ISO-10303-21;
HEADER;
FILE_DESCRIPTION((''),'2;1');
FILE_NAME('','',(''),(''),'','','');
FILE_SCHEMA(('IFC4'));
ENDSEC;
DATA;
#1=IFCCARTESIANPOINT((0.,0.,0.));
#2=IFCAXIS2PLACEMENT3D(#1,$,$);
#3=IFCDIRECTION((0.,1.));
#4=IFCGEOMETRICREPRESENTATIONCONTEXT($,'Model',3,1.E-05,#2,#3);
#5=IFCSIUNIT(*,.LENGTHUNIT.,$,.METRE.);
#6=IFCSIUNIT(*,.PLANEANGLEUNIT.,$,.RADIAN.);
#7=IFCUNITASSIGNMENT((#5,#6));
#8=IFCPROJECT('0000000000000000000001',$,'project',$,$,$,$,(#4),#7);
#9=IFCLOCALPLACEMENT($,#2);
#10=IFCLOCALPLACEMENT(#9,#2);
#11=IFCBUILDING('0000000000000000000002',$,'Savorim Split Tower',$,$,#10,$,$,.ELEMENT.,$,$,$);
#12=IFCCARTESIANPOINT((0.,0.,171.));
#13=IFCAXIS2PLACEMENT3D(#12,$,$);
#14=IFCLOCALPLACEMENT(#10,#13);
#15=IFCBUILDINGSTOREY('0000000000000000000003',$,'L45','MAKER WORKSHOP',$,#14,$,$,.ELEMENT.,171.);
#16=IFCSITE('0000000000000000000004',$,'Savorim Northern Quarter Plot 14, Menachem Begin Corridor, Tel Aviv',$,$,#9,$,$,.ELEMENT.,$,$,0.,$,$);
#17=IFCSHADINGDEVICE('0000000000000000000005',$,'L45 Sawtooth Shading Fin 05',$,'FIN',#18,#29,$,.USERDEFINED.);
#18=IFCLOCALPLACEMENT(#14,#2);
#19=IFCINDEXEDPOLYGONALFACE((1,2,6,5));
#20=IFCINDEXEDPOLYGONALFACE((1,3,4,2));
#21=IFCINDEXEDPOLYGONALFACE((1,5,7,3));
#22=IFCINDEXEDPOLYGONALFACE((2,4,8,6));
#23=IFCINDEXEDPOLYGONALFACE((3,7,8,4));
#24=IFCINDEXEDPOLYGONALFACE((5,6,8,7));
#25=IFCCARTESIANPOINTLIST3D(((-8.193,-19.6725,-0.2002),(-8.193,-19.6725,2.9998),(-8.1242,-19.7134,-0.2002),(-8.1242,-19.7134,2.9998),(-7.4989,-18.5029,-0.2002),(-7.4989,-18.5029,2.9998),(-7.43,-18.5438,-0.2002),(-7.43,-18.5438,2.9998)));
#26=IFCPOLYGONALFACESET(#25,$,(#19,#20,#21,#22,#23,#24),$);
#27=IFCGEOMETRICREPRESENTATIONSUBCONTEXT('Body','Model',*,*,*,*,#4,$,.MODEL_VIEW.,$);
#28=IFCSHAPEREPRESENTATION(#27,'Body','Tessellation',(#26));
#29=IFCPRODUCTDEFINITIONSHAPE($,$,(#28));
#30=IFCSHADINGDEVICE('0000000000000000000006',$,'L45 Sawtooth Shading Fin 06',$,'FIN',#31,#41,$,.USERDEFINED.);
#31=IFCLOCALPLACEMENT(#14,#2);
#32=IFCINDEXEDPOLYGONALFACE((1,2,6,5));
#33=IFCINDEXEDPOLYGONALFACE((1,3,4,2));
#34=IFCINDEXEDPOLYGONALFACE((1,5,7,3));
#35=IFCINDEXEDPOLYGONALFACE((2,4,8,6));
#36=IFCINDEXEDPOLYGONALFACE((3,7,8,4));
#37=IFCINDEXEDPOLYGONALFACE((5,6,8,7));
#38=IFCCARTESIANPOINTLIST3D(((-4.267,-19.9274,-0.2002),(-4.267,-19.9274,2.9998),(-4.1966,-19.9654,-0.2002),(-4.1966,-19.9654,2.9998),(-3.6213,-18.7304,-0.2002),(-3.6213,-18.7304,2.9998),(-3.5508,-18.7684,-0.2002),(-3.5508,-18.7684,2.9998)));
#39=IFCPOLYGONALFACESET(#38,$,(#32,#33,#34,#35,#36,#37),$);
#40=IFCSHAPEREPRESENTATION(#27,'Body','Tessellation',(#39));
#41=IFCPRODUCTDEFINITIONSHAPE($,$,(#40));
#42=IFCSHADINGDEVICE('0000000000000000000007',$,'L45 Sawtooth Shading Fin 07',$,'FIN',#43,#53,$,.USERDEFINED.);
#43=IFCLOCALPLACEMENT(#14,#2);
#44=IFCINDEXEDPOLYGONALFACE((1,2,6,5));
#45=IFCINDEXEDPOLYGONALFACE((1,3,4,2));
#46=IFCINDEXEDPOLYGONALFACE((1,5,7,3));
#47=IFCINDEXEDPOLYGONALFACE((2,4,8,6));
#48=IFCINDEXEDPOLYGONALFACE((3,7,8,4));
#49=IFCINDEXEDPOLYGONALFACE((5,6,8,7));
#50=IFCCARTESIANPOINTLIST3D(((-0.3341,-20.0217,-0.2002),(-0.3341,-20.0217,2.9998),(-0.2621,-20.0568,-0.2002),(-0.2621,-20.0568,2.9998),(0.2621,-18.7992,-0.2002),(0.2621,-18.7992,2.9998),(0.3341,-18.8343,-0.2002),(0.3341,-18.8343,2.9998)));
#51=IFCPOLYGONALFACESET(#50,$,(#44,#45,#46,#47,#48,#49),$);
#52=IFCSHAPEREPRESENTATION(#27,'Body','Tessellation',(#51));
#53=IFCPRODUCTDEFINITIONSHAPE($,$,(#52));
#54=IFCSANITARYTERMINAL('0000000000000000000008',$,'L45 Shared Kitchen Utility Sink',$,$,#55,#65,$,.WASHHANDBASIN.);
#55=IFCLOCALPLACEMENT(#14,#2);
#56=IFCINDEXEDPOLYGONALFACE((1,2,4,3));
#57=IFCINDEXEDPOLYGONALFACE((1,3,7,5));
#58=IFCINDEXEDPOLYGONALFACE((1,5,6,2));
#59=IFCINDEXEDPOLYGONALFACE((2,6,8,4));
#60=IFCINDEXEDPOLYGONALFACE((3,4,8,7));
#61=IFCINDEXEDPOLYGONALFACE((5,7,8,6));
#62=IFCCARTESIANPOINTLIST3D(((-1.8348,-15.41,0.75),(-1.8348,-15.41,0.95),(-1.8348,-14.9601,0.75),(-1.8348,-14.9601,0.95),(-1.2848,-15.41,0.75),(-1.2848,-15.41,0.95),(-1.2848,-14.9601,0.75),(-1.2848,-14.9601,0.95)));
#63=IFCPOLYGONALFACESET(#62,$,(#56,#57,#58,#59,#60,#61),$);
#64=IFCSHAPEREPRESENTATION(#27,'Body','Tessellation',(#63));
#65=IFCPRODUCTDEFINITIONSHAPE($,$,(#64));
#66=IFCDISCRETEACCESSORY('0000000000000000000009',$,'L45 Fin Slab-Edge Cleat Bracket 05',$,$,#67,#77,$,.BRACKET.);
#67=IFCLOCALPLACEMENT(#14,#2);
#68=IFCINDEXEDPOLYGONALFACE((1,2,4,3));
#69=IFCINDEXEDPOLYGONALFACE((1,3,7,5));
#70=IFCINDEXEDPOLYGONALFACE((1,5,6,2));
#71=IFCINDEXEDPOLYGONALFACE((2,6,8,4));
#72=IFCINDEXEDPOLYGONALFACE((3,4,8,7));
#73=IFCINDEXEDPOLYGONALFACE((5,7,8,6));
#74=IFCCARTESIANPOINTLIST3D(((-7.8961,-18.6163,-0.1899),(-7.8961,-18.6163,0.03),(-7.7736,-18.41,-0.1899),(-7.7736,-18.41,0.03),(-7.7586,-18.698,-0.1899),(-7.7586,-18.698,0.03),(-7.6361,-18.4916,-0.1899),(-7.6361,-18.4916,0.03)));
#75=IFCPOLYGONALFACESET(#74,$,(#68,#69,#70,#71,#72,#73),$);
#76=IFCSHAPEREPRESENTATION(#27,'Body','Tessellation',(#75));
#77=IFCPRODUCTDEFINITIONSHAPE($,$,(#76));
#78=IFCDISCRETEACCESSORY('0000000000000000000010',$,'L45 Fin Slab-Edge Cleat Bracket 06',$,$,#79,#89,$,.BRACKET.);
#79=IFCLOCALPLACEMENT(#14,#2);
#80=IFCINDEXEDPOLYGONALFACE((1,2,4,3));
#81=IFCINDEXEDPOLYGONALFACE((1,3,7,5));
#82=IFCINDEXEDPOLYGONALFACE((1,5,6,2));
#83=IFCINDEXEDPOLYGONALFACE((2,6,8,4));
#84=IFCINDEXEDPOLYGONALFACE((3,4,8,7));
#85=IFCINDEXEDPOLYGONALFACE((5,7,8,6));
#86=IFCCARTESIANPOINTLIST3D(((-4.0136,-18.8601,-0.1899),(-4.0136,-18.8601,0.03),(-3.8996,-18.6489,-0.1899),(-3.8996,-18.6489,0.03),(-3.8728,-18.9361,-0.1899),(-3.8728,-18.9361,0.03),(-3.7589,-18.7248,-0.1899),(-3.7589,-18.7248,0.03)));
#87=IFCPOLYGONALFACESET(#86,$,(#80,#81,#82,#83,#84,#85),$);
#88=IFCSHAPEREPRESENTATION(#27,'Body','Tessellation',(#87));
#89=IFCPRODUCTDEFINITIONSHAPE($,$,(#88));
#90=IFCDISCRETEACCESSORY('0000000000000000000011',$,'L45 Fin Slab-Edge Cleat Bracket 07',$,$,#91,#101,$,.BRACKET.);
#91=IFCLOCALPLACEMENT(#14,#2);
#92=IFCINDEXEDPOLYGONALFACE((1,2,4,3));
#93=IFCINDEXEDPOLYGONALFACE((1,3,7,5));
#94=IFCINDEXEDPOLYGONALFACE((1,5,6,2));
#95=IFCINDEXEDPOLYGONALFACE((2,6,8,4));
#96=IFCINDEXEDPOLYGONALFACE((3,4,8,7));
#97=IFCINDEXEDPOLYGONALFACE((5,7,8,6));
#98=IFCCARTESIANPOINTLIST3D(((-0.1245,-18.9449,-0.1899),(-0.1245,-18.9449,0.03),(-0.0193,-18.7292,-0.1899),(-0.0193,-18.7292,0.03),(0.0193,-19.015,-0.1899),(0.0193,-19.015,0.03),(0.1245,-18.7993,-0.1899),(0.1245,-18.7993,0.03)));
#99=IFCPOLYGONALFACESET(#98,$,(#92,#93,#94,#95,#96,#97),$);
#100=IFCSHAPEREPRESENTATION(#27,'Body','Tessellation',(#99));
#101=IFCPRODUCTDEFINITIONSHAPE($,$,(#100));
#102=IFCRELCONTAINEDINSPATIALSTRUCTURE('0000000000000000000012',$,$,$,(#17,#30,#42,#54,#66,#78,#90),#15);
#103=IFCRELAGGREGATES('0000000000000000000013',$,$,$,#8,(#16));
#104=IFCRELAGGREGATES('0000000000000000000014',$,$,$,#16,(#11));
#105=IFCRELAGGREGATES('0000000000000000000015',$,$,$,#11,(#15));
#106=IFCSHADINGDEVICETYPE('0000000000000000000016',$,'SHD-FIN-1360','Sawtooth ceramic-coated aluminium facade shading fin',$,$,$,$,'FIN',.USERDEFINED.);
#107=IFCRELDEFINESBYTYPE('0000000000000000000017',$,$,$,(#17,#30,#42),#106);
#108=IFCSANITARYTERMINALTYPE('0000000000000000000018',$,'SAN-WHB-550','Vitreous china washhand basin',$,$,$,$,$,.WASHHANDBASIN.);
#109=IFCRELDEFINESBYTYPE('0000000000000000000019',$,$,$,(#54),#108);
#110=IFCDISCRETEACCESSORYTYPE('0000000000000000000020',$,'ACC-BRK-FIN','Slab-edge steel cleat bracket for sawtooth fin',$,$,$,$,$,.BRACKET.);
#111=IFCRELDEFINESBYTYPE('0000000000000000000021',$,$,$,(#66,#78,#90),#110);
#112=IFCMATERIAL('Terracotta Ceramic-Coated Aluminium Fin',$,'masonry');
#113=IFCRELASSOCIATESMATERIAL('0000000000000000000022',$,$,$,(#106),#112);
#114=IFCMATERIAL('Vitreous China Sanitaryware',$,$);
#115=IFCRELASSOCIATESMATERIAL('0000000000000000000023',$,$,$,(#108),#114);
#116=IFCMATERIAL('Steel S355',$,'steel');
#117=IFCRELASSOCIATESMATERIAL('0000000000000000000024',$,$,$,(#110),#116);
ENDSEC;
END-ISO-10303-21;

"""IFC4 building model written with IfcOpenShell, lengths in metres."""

from ifc_helpers import new_model, si_unit, direction, frame, origin, origin_2d, place, context, subcontext, project, spatial, rectangle, extrude, material, type_object, element, save


model = new_model("IFC4")

# Units and contexts
model_context = context("Model", 3, precision=1e-05, world=origin(), true_north=direction((0.0, 1.0)))
body_context = subcontext(model_context, "Body", "Model", "MODEL_VIEW")
ifc_project = project(units=[si_unit("LENGTHUNIT", "METRE"), si_unit("PLANEANGLEUNIT", "RADIAN")], contexts=[model_context])

# Site, building, storey
site_placement = place(None, origin())
site = spatial("IfcSite", under=ifc_project, at=site_placement, Name="Savorim Northern Quarter Plot 14, Menachem Begin Corridor, Tel Aviv", CompositionType="ELEMENT", RefElevation=0.0)
building_placement = place(site_placement, origin())
building = spatial("IfcBuilding", under=site, at=building_placement, Name="Savorim Split Tower", CompositionType="ELEMENT")
storey_placement = place(building_placement, frame((0.0, 0.0, 171.0)))
storey = spatial("IfcBuildingStorey", under=building, at=storey_placement, Name="L45", Description="MAKER WORKSHOP", CompositionType="ELEMENT", Elevation=171.0)

# Shared definitions
ifc_material_1 = material(Name="Steel S355", Category="steel")

# Shading devices
ifc_material_2 = material(Name="Terracotta Ceramic-Coated Aluminium Fin", Category="masonry")
shading_device_type = type_object("IfcShadingDeviceType", Name="SHD-FIN-1360", Description="Sawtooth ceramic-coated aluminium facade shading fin", ElementType="FIN", PredefinedType="USERDEFINED", material=ifc_material_2)
for number, where, z_axis, x_axis, name in (
    (1, (-7.8115, -19.1082, -0.2002), (0.0, 0.0, 1.0), (-0.510391, -0.859942, 0.0), "L45 Sawtooth Shading Fin 05"),
    (2, (-3.9089, -19.3479, -0.2002), (0.0, 0.0, 1.0), (-0.474778, -0.880106, 0.0), "L45 Sawtooth Shading Fin 06"),
    (3, (0.0, -19.428, -0.2002), (0.0, 0.0, 1.0), (-0.438371, -0.898794, 0.0), "L45 Sawtooth Shading Fin 07"),
):
    element("IfcShadingDevice", number, at=place(storey_placement, frame(where, z_axis=z_axis, x_axis=x_axis)), inside=storey, type_object=shading_device_type, Name=name, ObjectType="FIN", PredefinedType="USERDEFINED", context=body_context, shape_type="SweptSolid", body=[
        extrude(rectangle(XDim=1.3601, YDim=0.0801, at=origin_2d()), origin(), (0.0, 0.0, 1.0), 3.2),
    ])

# Sanitary terminal
ifc_material_3 = material(Name="Vitreous China Sanitaryware")
sanitary_terminal_type = type_object("IfcSanitaryTerminalType", Name="SAN-WHB-550", Description="Vitreous china washhand basin", PredefinedType="WASHHANDBASIN", material=ifc_material_3)
sanitary_terminal_placement = place(storey_placement, frame((-1.5598, -15.1851, 0.75), z_axis=(0.0, 0.0, 1.0), x_axis=(1.0, 0.0, 0.0)))
element("IfcSanitaryTerminal", 4, at=sanitary_terminal_placement, inside=storey, type_object=sanitary_terminal_type, Name="L45 Shared Kitchen Utility Sink", PredefinedType="WASHHANDBASIN", context=body_context, shape_type="SweptSolid", body=[
    extrude(rectangle(XDim=0.55, YDim=0.45, at=origin_2d()), origin(), (0.0, 0.0, 1.0), 0.2),
])

# Discrete accessories
discrete_accessory_type = type_object("IfcDiscreteAccessoryType", Name="ACC-BRK-FIN", Description="Slab-edge steel cleat bracket for sawtooth fin", PredefinedType="BRACKET", material=ifc_material_1)
for number, where, z_axis, x_axis, name in (
    (5, (-7.7661, -18.554, -0.1899), (0.0, 0.0, 1.0), (-0.510391, -0.859942, 0.0), "L45 Fin Slab-Edge Cleat Bracket 05"),
    (6, (-3.8862, -18.7925, -0.1899), (0.0, 0.0, 1.0), (-0.474778, -0.880106, 0.0), "L45 Fin Slab-Edge Cleat Bracket 06"),
    (7, (0.0, -18.8721, -0.1899), (0.0, 0.0, 1.0), (-0.438371, -0.898794, 0.0), "L45 Fin Slab-Edge Cleat Bracket 07"),
):
    element("IfcDiscreteAccessory", number, at=place(storey_placement, frame(where, z_axis=z_axis, x_axis=x_axis)), inside=storey, type_object=discrete_accessory_type, Name=name, PredefinedType="BRACKET", context=body_context, shape_type="SweptSolid", body=[
        extrude(rectangle(XDim=0.24, YDim=0.1599, at=origin_2d()), origin(), (0.0, 0.0, 1.0), 0.22),
    ])

save(model, "model.ifc")
